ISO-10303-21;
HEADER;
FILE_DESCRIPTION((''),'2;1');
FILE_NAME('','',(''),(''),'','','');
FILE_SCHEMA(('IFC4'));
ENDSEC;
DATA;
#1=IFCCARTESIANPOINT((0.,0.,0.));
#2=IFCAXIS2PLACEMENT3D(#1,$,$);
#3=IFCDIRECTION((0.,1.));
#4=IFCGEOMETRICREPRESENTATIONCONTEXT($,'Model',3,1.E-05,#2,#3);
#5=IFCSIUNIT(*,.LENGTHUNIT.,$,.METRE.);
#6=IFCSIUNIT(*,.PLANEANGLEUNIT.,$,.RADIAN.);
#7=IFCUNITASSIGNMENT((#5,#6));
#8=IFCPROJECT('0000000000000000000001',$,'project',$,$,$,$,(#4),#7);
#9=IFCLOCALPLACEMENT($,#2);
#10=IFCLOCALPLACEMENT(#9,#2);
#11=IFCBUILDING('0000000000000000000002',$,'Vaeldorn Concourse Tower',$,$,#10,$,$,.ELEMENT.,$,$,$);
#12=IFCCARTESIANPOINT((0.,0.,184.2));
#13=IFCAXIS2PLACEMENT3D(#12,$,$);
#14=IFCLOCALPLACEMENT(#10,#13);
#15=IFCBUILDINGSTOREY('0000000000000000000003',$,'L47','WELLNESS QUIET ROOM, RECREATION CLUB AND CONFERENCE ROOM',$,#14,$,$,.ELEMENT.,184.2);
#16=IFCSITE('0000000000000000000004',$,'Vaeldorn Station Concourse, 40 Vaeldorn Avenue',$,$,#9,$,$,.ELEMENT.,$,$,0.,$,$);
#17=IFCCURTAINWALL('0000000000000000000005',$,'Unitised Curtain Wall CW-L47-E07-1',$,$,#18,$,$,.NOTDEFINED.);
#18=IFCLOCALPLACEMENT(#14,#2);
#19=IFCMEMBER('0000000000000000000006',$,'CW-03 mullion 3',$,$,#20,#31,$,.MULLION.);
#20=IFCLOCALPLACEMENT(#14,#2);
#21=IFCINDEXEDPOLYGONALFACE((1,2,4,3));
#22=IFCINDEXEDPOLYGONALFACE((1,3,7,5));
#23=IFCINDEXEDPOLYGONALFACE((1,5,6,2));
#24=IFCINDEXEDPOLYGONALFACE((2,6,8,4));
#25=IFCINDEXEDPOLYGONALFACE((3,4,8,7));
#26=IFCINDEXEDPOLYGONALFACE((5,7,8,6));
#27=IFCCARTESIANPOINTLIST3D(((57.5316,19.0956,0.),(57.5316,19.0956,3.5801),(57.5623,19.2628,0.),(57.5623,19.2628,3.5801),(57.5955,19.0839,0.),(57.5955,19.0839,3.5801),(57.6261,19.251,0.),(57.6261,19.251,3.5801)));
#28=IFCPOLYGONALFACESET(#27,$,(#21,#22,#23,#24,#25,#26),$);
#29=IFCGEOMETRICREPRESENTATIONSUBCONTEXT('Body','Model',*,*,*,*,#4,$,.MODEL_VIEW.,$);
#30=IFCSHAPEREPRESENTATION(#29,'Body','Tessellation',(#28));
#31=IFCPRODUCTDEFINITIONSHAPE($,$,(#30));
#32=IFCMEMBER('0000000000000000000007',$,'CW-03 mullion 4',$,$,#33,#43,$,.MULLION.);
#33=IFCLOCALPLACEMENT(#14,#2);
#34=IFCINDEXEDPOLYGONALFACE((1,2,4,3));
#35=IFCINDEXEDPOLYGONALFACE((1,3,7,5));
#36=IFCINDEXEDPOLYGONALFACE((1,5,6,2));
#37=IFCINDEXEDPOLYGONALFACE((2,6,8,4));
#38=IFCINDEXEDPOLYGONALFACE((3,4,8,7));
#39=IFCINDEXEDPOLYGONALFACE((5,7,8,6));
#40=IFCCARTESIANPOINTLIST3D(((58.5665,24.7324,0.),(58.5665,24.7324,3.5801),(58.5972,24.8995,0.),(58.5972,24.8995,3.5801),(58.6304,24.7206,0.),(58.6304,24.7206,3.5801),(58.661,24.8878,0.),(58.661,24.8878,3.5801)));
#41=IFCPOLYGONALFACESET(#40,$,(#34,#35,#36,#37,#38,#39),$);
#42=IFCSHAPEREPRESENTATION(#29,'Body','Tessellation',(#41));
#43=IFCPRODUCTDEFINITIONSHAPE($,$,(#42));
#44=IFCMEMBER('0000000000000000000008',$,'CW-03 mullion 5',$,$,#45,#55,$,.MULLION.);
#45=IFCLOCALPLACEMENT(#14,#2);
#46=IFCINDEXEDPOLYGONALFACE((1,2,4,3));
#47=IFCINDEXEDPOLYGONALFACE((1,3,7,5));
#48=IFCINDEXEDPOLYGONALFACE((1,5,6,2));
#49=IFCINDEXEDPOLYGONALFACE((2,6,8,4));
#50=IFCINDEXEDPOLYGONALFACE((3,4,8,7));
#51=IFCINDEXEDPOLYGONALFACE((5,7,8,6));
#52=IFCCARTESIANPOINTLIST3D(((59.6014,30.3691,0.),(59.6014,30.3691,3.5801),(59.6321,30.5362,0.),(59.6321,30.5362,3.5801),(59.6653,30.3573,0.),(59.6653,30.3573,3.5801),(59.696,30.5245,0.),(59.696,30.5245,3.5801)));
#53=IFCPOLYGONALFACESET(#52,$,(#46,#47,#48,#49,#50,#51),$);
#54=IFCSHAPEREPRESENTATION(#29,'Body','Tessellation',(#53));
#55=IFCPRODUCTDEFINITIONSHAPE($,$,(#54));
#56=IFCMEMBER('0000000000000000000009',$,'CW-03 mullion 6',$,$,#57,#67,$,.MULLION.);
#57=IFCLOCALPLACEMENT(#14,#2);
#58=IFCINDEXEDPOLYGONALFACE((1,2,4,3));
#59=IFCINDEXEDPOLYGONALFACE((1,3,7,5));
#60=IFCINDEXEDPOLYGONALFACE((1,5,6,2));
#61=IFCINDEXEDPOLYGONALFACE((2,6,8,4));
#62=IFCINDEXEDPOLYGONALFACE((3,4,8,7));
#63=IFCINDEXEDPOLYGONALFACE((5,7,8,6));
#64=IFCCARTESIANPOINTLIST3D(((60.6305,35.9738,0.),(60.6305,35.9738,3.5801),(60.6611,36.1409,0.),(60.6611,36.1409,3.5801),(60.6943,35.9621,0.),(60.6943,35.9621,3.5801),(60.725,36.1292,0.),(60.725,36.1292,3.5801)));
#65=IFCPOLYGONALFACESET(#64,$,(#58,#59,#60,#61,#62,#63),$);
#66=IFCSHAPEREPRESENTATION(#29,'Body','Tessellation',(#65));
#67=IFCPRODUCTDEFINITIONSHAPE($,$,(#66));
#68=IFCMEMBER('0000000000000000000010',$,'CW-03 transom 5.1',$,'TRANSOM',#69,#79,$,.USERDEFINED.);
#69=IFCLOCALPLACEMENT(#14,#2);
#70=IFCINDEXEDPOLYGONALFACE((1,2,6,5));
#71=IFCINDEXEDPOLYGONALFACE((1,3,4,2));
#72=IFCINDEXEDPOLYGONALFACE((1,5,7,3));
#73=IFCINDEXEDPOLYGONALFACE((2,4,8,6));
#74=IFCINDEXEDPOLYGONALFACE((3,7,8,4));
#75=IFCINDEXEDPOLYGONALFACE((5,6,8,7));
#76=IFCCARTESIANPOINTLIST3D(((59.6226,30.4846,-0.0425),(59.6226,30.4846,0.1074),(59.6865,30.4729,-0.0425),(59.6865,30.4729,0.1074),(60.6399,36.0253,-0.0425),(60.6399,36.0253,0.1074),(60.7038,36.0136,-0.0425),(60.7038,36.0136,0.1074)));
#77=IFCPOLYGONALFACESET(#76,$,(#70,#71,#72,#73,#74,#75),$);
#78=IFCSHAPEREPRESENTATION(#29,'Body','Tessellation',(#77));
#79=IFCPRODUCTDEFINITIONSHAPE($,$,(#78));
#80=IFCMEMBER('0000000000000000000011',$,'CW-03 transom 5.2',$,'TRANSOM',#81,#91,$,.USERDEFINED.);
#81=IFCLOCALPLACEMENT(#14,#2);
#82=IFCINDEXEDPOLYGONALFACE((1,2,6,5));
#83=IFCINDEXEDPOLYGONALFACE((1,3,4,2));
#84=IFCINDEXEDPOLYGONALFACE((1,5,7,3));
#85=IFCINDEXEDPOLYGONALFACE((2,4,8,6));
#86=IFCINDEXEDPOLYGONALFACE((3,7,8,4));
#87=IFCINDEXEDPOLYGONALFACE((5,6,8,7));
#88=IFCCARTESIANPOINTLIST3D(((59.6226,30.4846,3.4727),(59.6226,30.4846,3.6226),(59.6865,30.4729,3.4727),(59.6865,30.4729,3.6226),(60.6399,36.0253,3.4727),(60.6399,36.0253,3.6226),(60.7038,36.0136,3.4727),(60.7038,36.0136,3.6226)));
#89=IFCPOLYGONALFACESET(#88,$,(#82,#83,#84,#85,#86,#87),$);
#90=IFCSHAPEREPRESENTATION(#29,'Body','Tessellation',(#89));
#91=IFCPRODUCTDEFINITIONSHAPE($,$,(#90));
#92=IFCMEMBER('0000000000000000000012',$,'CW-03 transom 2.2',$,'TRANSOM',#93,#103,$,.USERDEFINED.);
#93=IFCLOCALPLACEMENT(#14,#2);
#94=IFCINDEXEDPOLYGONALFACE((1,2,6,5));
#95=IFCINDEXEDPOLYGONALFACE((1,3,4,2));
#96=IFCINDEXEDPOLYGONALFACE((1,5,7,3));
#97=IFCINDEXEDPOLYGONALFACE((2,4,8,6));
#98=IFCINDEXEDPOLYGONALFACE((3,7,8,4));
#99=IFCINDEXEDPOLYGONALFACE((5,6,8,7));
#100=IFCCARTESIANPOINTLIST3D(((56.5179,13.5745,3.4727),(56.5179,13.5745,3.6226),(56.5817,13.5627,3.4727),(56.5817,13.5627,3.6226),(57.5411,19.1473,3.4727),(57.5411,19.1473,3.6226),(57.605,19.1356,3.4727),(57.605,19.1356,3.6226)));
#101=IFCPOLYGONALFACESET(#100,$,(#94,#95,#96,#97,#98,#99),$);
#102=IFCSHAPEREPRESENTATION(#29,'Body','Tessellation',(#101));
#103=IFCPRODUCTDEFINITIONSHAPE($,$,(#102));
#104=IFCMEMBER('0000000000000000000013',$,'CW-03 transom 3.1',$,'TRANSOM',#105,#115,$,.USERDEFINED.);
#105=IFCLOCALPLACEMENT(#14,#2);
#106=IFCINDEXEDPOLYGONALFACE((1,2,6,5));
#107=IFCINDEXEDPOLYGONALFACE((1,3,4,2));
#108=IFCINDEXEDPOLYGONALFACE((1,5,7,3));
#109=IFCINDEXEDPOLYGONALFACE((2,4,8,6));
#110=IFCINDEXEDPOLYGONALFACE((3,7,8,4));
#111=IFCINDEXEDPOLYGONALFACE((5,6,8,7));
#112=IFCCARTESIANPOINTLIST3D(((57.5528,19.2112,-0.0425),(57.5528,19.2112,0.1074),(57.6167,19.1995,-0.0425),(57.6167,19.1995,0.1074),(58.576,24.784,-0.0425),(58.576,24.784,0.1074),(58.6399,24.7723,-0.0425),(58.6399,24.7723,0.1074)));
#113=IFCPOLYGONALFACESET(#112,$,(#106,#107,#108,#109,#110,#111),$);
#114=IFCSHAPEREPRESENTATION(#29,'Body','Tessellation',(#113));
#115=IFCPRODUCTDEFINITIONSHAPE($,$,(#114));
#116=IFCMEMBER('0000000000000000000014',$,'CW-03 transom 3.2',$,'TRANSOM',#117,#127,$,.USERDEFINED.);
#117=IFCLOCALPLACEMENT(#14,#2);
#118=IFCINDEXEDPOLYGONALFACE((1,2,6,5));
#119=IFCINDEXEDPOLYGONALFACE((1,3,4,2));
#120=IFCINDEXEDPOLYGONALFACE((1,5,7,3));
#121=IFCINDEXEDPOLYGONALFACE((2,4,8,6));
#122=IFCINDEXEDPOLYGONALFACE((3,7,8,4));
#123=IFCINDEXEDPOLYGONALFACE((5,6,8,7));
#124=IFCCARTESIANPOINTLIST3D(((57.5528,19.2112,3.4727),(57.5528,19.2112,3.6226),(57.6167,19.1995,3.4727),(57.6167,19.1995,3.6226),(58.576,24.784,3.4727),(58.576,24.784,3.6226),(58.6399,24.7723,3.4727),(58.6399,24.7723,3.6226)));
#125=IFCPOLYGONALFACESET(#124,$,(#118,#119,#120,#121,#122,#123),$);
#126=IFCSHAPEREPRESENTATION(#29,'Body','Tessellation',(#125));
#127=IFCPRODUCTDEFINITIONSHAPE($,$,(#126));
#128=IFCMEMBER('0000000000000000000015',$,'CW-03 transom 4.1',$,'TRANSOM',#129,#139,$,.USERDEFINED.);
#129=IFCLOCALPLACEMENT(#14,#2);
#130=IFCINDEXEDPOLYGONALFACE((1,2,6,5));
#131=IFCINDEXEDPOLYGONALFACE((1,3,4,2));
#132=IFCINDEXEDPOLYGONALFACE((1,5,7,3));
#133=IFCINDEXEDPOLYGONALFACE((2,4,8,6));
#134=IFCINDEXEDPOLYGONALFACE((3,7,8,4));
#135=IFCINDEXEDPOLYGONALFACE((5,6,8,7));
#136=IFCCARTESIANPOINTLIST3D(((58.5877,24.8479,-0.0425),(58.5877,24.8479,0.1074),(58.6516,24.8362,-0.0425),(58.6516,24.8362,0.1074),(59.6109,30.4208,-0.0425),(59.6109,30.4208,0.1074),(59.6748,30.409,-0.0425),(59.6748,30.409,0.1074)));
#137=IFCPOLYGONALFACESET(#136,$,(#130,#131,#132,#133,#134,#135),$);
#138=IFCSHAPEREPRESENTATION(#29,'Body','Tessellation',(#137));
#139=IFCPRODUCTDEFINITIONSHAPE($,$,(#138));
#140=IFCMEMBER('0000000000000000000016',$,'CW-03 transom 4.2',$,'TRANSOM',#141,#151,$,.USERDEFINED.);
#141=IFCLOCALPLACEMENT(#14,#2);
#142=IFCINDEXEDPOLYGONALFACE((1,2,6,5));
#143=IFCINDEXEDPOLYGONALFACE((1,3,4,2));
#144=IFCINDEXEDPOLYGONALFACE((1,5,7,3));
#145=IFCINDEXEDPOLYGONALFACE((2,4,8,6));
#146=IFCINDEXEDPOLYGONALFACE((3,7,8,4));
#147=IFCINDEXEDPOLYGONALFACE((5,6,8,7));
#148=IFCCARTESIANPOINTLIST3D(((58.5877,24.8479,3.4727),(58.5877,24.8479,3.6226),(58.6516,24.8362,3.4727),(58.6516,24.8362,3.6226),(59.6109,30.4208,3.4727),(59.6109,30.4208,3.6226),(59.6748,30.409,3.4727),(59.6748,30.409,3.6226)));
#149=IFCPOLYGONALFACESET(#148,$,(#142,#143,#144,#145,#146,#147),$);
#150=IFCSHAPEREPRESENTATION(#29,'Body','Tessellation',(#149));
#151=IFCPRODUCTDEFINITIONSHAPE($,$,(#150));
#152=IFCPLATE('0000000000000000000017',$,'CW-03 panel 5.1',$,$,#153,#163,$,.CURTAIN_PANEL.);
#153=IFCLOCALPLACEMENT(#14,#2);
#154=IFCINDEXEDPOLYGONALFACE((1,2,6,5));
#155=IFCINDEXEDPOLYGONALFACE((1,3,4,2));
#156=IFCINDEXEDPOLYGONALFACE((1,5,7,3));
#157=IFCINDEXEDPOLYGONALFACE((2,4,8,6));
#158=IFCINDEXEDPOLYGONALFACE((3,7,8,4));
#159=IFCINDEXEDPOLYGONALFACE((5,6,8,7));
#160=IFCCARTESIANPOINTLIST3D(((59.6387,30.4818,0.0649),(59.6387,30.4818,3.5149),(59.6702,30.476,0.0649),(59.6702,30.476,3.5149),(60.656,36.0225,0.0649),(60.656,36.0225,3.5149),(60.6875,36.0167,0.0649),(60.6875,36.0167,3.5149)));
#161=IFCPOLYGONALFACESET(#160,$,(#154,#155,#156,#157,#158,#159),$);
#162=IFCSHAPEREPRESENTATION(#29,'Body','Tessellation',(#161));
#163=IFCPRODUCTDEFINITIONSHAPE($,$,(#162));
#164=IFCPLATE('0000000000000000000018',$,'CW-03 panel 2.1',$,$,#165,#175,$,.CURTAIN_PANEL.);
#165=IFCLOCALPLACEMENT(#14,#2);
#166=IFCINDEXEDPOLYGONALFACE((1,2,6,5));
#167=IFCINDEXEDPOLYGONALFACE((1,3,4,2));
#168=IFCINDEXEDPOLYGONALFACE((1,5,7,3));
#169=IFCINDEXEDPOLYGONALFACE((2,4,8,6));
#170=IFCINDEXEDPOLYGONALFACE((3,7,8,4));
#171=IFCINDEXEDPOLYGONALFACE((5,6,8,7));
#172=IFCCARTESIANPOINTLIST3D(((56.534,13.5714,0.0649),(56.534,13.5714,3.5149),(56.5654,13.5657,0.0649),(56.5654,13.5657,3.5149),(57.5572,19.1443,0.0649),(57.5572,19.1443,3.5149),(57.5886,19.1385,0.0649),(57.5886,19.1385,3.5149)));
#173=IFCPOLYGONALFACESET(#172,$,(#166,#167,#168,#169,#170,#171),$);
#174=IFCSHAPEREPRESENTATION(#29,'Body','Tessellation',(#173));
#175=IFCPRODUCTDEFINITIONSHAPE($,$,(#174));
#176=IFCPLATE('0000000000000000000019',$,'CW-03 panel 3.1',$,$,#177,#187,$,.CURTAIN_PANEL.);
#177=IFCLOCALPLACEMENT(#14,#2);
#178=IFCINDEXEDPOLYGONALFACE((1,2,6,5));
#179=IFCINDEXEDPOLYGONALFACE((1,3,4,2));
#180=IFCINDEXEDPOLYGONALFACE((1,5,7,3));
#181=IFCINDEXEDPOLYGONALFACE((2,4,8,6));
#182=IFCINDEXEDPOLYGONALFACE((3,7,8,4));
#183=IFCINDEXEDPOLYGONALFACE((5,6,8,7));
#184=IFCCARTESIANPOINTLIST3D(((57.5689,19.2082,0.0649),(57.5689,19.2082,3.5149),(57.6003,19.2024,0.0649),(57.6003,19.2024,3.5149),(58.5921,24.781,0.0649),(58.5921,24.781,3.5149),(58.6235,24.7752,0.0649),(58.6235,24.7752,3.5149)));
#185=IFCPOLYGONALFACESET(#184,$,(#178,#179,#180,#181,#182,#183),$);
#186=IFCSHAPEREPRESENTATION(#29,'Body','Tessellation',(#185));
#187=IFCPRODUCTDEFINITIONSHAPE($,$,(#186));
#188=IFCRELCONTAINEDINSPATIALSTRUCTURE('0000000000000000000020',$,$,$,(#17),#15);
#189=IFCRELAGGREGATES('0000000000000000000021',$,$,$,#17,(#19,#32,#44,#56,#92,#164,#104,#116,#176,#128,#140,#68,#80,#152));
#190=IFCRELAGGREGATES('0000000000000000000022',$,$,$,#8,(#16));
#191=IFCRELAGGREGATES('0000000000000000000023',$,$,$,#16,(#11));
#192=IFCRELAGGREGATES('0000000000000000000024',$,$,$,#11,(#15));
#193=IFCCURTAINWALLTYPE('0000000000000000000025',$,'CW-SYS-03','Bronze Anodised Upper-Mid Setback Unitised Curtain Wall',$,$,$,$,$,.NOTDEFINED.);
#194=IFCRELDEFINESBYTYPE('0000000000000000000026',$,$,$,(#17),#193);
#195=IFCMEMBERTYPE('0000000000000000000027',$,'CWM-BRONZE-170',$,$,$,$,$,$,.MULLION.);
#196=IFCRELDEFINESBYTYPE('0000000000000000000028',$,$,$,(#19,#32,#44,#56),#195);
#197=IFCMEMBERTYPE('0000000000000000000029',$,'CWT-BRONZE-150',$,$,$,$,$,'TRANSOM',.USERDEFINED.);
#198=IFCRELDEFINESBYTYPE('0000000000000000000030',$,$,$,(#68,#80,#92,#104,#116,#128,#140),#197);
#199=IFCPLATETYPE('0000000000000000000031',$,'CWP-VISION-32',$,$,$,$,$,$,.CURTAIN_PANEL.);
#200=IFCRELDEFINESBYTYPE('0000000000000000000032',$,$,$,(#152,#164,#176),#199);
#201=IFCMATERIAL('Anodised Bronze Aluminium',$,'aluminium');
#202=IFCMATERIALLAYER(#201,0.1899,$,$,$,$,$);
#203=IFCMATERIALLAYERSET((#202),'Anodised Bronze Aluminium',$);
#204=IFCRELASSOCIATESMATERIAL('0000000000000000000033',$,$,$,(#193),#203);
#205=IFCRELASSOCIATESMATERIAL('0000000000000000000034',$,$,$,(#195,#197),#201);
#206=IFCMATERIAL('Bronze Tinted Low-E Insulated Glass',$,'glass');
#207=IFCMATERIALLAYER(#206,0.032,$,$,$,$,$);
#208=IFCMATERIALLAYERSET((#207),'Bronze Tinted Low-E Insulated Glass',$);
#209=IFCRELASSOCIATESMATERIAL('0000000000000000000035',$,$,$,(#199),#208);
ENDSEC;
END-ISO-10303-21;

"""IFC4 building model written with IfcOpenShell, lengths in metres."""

from ifc_helpers import new_model, si_unit, direction, frame, origin, origin_2d, place, context, subcontext, project, spatial, rectangle, extrude, source, transform, mapped, material, layer, layer_set, material_profile, profile_set, type_object, element, aggregate, save


model = new_model("IFC4")

# Units and contexts
model_context = context("Model", 3, precision=1e-05, world=origin(), true_north=direction((0.0, 1.0)))
body_context = subcontext(model_context, "Body", "Model", "MODEL_VIEW")
ifc_project = project(units=[si_unit("LENGTHUNIT", "METRE"), si_unit("PLANEANGLEUNIT", "RADIAN")], contexts=[model_context])

# Site, building, storey
site_placement = place(None, origin())
site = spatial("IfcSite", under=ifc_project, at=site_placement, Name="Vaeldorn Station Concourse, 40 Vaeldorn Avenue", CompositionType="ELEMENT", RefElevation=0.0)
building_placement = place(site_placement, origin())
building = spatial("IfcBuilding", under=site, at=building_placement, Name="Vaeldorn Concourse Tower", CompositionType="ELEMENT")
storey_placement = place(building_placement, frame((0.0, 0.0, 184.2)))
storey = spatial("IfcBuildingStorey", under=building, at=storey_placement, Name="L47", Description="WELLNESS QUIET ROOM, RECREATION CLUB AND CONFERENCE ROOM", CompositionType="ELEMENT", Elevation=184.2)

# Curtain wall, members, plates
ifc_material_1 = material(Name="Anodised Bronze Aluminium", Category="aluminium")
ifc_layer_1 = layer(ifc_material_1, 0.1899)
ifc_layer_set_1 = layer_set([ifc_layer_1], Name="Anodised Bronze Aluminium")
curtain_wall_type = type_object("IfcCurtainWallType", Name="CW-SYS-03", Description="Bronze Anodised Upper-Mid Setback Unitised Curtain Wall", PredefinedType="NOTDEFINED", material=ifc_layer_set_1)
curtain_wall_placement = place(storey_placement, origin())
curtain_wall = element("IfcCurtainWall", 1, at=curtain_wall_placement, inside=storey, type_object=curtain_wall_type, Name="Unitised Curtain Wall CW-L47-E07-1", PredefinedType="NOTDEFINED")
ifc_material_profile_1 = material_profile(ifc_material_1, rectangle(XDim=0.0649, YDim=0.1699, at=origin_2d()), Name="CWM 65x170")
ifc_profile_set_1 = profile_set([ifc_material_profile_1], Name="Anodised Bronze Aluminium")
member_type_1 = type_object("IfcMemberType", Name="CWM-BRONZE-170", PredefinedType="MULLION", material=ifc_profile_set_1)
shared_shape_1 = source(origin(), body_context, "Body", "SweptSolid", [
    extrude(rectangle(XDim=0.0649, YDim=0.1699, at=origin_2d()), origin(), (0.0, 0.0, 1.0), 3.5801),
])
member_1_placement = place(storey_placement, frame((57.5789, 19.1733, 0.0), z_axis=(0.0, 0.0, 1.0), x_axis=(-0.983559, 0.180585, 0.0)))
member_1 = element("IfcMember", 2, at=member_1_placement, type_object=member_type_1, Name="CW-03 mullion 3", PredefinedType="MULLION", context=body_context, shape_type="MappedRepresentation", body=[
    mapped(shared_shape_1, transform((0.0, 0.0, 0.0), scale=1.0)),
])
member_2_placement = place(storey_placement, frame((58.6138, 24.8101, 0.0), z_axis=(0.0, 0.0, 1.0), x_axis=(-0.983559, 0.180585, 0.0)))
member_2 = element("IfcMember", 3, at=member_2_placement, type_object=member_type_1, Name="CW-03 mullion 4", PredefinedType="MULLION", context=body_context, shape_type="MappedRepresentation", body=[
    mapped(shared_shape_1, transform((0.0, 0.0, 0.0), scale=1.0)),
])
member_3_placement = place(storey_placement, frame((59.6487, 30.4468, 0.0), z_axis=(0.0, 0.0, 1.0), x_axis=(-0.983559, 0.180585, 0.0)))
member_3 = element("IfcMember", 4, at=member_3_placement, type_object=member_type_1, Name="CW-03 mullion 5", PredefinedType="MULLION", context=body_context, shape_type="MappedRepresentation", body=[
    mapped(shared_shape_1, transform((0.0, 0.0, 0.0), scale=1.0)),
])
member_4_placement = place(storey_placement, frame((60.6777, 36.0515, 0.0), z_axis=(0.0, 0.0, 1.0), x_axis=(-0.983559, 0.180585, 0.0)))
member_4 = element("IfcMember", 5, at=member_4_placement, type_object=member_type_1, Name="CW-03 mullion 6", PredefinedType="MULLION", context=body_context, shape_type="MappedRepresentation", body=[
    mapped(shared_shape_1, transform((0.0, 0.0, 0.0), scale=1.0)),
])
ifc_material_profile_2 = material_profile(ifc_material_1, rectangle(XDim=0.0649, YDim=0.1499, at=origin_2d()), Name="CWT 65x150")
ifc_profile_set_2 = profile_set([ifc_material_profile_2], Name="Anodised Bronze Aluminium")
member_type_2 = type_object("IfcMemberType", Name="CWT-BRONZE-150", ElementType="TRANSOM", PredefinedType="USERDEFINED", material=ifc_profile_set_2)
shared_shape_2 = source(origin(), body_context, "Body", "SweptSolid", [
    extrude(rectangle(XDim=0.0649, YDim=0.1499, at=origin_2d()), origin(), (0.0, 0.0, 1.0), 5.6333),
])
member_5_placement = place(storey_placement, frame((59.6545, 30.4788, 0.0325), z_axis=(0.18059, 0.983558, 0.0), x_axis=(-0.983558, 0.18059, 0.0)))
member_5 = element("IfcMember", 6, at=member_5_placement, type_object=member_type_2, Name="CW-03 transom 5.1", ObjectType="TRANSOM", PredefinedType="USERDEFINED", context=body_context, shape_type="MappedRepresentation", body=[
    mapped(shared_shape_2, transform((0.0, 0.0, 0.0), scale=1.0)),
])
member_6_placement = place(storey_placement, frame((59.6545, 30.4788, 3.5476), z_axis=(0.18059, 0.983558, 0.0), x_axis=(-0.983558, 0.18059, 0.0)))
member_6 = element("IfcMember", 7, at=member_6_placement, type_object=member_type_2, Name="CW-03 transom 5.2", ObjectType="TRANSOM", PredefinedType="USERDEFINED", context=body_context, shape_type="MappedRepresentation", body=[
    mapped(shared_shape_2, transform((0.0, 0.0, 0.0), scale=1.0)),
])
shared_shape_3 = source(origin(), body_context, "Body", "SweptSolid", [
    extrude(rectangle(XDim=0.0649, YDim=0.1499, at=origin_2d()), origin(), (0.0, 0.0, 1.0), 5.666),
])
member_7_placement = place(storey_placement, frame((56.5498, 13.5686, 3.5476), z_axis=(0.180588, 0.983559, 0.0), x_axis=(-0.983559, 0.180588, 0.0)))
member_7 = element("IfcMember", 8, at=member_7_placement, type_object=member_type_2, Name="CW-03 transom 2.2", ObjectType="TRANSOM", PredefinedType="USERDEFINED", context=body_context, shape_type="MappedRepresentation", body=[
    mapped(shared_shape_3, transform((0.0, 0.0, 0.0), scale=1.0)),
])
member_8_placement = place(storey_placement, frame((57.5847, 19.2053, 0.0325), z_axis=(0.180588, 0.983559, 0.0), x_axis=(-0.983559, 0.180588, 0.0)))
member_8 = element("IfcMember", 9, at=member_8_placement, type_object=member_type_2, Name="CW-03 transom 3.1", ObjectType="TRANSOM", PredefinedType="USERDEFINED", context=body_context, shape_type="MappedRepresentation", body=[
    mapped(shared_shape_3, transform((0.0, 0.0, 0.0), scale=1.0)),
])
member_9_placement = place(storey_placement, frame((57.5847, 19.2053, 3.5476), z_axis=(0.180588, 0.983559, 0.0), x_axis=(-0.983559, 0.180588, 0.0)))
member_9 = element("IfcMember", 10, at=member_9_placement, type_object=member_type_2, Name="CW-03 transom 3.2", ObjectType="TRANSOM", PredefinedType="USERDEFINED", context=body_context, shape_type="MappedRepresentation", body=[
    mapped(shared_shape_3, transform((0.0, 0.0, 0.0), scale=1.0)),
])
member_10_placement = place(storey_placement, frame((58.6196, 24.842, 0.0325), z_axis=(0.180588, 0.983559, 0.0), x_axis=(-0.983559, 0.180588, 0.0)))
member_10 = element("IfcMember", 11, at=member_10_placement, type_object=member_type_2, Name="CW-03 transom 4.1", ObjectType="TRANSOM", PredefinedType="USERDEFINED", context=body_context, shape_type="MappedRepresentation", body=[
    mapped(shared_shape_3, transform((0.0, 0.0, 0.0), scale=1.0)),
])
member_11_placement = place(storey_placement, frame((58.6196, 24.842, 3.5476), z_axis=(0.180588, 0.983559, 0.0), x_axis=(-0.983559, 0.180588, 0.0)))
member_11 = element("IfcMember", 12, at=member_11_placement, type_object=member_type_2, Name="CW-03 transom 4.2", ObjectType="TRANSOM", PredefinedType="USERDEFINED", context=body_context, shape_type="MappedRepresentation", body=[
    mapped(shared_shape_3, transform((0.0, 0.0, 0.0), scale=1.0)),
])
ifc_material_2 = material(Name="Bronze Tinted Low-E Insulated Glass", Category="glass")
ifc_layer_2 = layer(ifc_material_2, 0.032)
ifc_layer_set_2 = layer_set([ifc_layer_2], Name="Bronze Tinted Low-E Insulated Glass")
plate_type = type_object("IfcPlateType", Name="CWP-VISION-32", PredefinedType="CURTAIN_PANEL", material=ifc_layer_set_2)
shared_shape_4 = source(origin(), body_context, "Body", "SweptSolid", [
    extrude(rectangle(XDim=5.6333, YDim=0.032, at=origin_2d()), origin(), (0.0, 0.0, 1.0), 3.45),
])
plate_1_placement = place(storey_placement, frame((60.1631, 33.2493, 0.0649), z_axis=(0.0, 0.0, 1.0), x_axis=(0.180585, 0.983559, 0.0)))
plate_1 = element("IfcPlate", 13, at=plate_1_placement, type_object=plate_type, Name="CW-03 panel 5.1", PredefinedType="CURTAIN_PANEL", context=body_context, shape_type="MappedRepresentation", body=[
    mapped(shared_shape_4, transform((0.0, 0.0, 0.0), scale=1.0)),
])
shared_shape_5 = source(origin(), body_context, "Body", "SweptSolid", [
    extrude(rectangle(XDim=5.666, YDim=0.032, at=origin_2d()), origin(), (0.0, 0.0, 1.0), 3.45),
])
plate_2_placement = place(storey_placement, frame((57.0613, 16.355, 0.0649), z_axis=(0.0, 0.0, 1.0), x_axis=(0.180585, 0.983559, 0.0)))
plate_2 = element("IfcPlate", 14, at=plate_2_placement, type_object=plate_type, Name="CW-03 panel 2.1", PredefinedType="CURTAIN_PANEL", context=body_context, shape_type="MappedRepresentation", body=[
    mapped(shared_shape_5, transform((0.0, 0.0, 0.0), scale=1.0)),
])
plate_3_placement = place(storey_placement, frame((58.0962, 21.9917, 0.0649), z_axis=(0.0, 0.0, 1.0), x_axis=(0.180585, 0.983559, 0.0)))
plate_3 = element("IfcPlate", 15, at=plate_3_placement, type_object=plate_type, Name="CW-03 panel 3.1", PredefinedType="CURTAIN_PANEL", context=body_context, shape_type="MappedRepresentation", body=[
    mapped(shared_shape_5, transform((0.0, 0.0, 0.0), scale=1.0)),
])
aggregate(curtain_wall, [member_1, member_2, member_3, member_4, member_7, plate_2, member_8, member_9, plate_3, member_10, member_11, member_5, member_6, plate_1])

save(model, "model.ifc")
